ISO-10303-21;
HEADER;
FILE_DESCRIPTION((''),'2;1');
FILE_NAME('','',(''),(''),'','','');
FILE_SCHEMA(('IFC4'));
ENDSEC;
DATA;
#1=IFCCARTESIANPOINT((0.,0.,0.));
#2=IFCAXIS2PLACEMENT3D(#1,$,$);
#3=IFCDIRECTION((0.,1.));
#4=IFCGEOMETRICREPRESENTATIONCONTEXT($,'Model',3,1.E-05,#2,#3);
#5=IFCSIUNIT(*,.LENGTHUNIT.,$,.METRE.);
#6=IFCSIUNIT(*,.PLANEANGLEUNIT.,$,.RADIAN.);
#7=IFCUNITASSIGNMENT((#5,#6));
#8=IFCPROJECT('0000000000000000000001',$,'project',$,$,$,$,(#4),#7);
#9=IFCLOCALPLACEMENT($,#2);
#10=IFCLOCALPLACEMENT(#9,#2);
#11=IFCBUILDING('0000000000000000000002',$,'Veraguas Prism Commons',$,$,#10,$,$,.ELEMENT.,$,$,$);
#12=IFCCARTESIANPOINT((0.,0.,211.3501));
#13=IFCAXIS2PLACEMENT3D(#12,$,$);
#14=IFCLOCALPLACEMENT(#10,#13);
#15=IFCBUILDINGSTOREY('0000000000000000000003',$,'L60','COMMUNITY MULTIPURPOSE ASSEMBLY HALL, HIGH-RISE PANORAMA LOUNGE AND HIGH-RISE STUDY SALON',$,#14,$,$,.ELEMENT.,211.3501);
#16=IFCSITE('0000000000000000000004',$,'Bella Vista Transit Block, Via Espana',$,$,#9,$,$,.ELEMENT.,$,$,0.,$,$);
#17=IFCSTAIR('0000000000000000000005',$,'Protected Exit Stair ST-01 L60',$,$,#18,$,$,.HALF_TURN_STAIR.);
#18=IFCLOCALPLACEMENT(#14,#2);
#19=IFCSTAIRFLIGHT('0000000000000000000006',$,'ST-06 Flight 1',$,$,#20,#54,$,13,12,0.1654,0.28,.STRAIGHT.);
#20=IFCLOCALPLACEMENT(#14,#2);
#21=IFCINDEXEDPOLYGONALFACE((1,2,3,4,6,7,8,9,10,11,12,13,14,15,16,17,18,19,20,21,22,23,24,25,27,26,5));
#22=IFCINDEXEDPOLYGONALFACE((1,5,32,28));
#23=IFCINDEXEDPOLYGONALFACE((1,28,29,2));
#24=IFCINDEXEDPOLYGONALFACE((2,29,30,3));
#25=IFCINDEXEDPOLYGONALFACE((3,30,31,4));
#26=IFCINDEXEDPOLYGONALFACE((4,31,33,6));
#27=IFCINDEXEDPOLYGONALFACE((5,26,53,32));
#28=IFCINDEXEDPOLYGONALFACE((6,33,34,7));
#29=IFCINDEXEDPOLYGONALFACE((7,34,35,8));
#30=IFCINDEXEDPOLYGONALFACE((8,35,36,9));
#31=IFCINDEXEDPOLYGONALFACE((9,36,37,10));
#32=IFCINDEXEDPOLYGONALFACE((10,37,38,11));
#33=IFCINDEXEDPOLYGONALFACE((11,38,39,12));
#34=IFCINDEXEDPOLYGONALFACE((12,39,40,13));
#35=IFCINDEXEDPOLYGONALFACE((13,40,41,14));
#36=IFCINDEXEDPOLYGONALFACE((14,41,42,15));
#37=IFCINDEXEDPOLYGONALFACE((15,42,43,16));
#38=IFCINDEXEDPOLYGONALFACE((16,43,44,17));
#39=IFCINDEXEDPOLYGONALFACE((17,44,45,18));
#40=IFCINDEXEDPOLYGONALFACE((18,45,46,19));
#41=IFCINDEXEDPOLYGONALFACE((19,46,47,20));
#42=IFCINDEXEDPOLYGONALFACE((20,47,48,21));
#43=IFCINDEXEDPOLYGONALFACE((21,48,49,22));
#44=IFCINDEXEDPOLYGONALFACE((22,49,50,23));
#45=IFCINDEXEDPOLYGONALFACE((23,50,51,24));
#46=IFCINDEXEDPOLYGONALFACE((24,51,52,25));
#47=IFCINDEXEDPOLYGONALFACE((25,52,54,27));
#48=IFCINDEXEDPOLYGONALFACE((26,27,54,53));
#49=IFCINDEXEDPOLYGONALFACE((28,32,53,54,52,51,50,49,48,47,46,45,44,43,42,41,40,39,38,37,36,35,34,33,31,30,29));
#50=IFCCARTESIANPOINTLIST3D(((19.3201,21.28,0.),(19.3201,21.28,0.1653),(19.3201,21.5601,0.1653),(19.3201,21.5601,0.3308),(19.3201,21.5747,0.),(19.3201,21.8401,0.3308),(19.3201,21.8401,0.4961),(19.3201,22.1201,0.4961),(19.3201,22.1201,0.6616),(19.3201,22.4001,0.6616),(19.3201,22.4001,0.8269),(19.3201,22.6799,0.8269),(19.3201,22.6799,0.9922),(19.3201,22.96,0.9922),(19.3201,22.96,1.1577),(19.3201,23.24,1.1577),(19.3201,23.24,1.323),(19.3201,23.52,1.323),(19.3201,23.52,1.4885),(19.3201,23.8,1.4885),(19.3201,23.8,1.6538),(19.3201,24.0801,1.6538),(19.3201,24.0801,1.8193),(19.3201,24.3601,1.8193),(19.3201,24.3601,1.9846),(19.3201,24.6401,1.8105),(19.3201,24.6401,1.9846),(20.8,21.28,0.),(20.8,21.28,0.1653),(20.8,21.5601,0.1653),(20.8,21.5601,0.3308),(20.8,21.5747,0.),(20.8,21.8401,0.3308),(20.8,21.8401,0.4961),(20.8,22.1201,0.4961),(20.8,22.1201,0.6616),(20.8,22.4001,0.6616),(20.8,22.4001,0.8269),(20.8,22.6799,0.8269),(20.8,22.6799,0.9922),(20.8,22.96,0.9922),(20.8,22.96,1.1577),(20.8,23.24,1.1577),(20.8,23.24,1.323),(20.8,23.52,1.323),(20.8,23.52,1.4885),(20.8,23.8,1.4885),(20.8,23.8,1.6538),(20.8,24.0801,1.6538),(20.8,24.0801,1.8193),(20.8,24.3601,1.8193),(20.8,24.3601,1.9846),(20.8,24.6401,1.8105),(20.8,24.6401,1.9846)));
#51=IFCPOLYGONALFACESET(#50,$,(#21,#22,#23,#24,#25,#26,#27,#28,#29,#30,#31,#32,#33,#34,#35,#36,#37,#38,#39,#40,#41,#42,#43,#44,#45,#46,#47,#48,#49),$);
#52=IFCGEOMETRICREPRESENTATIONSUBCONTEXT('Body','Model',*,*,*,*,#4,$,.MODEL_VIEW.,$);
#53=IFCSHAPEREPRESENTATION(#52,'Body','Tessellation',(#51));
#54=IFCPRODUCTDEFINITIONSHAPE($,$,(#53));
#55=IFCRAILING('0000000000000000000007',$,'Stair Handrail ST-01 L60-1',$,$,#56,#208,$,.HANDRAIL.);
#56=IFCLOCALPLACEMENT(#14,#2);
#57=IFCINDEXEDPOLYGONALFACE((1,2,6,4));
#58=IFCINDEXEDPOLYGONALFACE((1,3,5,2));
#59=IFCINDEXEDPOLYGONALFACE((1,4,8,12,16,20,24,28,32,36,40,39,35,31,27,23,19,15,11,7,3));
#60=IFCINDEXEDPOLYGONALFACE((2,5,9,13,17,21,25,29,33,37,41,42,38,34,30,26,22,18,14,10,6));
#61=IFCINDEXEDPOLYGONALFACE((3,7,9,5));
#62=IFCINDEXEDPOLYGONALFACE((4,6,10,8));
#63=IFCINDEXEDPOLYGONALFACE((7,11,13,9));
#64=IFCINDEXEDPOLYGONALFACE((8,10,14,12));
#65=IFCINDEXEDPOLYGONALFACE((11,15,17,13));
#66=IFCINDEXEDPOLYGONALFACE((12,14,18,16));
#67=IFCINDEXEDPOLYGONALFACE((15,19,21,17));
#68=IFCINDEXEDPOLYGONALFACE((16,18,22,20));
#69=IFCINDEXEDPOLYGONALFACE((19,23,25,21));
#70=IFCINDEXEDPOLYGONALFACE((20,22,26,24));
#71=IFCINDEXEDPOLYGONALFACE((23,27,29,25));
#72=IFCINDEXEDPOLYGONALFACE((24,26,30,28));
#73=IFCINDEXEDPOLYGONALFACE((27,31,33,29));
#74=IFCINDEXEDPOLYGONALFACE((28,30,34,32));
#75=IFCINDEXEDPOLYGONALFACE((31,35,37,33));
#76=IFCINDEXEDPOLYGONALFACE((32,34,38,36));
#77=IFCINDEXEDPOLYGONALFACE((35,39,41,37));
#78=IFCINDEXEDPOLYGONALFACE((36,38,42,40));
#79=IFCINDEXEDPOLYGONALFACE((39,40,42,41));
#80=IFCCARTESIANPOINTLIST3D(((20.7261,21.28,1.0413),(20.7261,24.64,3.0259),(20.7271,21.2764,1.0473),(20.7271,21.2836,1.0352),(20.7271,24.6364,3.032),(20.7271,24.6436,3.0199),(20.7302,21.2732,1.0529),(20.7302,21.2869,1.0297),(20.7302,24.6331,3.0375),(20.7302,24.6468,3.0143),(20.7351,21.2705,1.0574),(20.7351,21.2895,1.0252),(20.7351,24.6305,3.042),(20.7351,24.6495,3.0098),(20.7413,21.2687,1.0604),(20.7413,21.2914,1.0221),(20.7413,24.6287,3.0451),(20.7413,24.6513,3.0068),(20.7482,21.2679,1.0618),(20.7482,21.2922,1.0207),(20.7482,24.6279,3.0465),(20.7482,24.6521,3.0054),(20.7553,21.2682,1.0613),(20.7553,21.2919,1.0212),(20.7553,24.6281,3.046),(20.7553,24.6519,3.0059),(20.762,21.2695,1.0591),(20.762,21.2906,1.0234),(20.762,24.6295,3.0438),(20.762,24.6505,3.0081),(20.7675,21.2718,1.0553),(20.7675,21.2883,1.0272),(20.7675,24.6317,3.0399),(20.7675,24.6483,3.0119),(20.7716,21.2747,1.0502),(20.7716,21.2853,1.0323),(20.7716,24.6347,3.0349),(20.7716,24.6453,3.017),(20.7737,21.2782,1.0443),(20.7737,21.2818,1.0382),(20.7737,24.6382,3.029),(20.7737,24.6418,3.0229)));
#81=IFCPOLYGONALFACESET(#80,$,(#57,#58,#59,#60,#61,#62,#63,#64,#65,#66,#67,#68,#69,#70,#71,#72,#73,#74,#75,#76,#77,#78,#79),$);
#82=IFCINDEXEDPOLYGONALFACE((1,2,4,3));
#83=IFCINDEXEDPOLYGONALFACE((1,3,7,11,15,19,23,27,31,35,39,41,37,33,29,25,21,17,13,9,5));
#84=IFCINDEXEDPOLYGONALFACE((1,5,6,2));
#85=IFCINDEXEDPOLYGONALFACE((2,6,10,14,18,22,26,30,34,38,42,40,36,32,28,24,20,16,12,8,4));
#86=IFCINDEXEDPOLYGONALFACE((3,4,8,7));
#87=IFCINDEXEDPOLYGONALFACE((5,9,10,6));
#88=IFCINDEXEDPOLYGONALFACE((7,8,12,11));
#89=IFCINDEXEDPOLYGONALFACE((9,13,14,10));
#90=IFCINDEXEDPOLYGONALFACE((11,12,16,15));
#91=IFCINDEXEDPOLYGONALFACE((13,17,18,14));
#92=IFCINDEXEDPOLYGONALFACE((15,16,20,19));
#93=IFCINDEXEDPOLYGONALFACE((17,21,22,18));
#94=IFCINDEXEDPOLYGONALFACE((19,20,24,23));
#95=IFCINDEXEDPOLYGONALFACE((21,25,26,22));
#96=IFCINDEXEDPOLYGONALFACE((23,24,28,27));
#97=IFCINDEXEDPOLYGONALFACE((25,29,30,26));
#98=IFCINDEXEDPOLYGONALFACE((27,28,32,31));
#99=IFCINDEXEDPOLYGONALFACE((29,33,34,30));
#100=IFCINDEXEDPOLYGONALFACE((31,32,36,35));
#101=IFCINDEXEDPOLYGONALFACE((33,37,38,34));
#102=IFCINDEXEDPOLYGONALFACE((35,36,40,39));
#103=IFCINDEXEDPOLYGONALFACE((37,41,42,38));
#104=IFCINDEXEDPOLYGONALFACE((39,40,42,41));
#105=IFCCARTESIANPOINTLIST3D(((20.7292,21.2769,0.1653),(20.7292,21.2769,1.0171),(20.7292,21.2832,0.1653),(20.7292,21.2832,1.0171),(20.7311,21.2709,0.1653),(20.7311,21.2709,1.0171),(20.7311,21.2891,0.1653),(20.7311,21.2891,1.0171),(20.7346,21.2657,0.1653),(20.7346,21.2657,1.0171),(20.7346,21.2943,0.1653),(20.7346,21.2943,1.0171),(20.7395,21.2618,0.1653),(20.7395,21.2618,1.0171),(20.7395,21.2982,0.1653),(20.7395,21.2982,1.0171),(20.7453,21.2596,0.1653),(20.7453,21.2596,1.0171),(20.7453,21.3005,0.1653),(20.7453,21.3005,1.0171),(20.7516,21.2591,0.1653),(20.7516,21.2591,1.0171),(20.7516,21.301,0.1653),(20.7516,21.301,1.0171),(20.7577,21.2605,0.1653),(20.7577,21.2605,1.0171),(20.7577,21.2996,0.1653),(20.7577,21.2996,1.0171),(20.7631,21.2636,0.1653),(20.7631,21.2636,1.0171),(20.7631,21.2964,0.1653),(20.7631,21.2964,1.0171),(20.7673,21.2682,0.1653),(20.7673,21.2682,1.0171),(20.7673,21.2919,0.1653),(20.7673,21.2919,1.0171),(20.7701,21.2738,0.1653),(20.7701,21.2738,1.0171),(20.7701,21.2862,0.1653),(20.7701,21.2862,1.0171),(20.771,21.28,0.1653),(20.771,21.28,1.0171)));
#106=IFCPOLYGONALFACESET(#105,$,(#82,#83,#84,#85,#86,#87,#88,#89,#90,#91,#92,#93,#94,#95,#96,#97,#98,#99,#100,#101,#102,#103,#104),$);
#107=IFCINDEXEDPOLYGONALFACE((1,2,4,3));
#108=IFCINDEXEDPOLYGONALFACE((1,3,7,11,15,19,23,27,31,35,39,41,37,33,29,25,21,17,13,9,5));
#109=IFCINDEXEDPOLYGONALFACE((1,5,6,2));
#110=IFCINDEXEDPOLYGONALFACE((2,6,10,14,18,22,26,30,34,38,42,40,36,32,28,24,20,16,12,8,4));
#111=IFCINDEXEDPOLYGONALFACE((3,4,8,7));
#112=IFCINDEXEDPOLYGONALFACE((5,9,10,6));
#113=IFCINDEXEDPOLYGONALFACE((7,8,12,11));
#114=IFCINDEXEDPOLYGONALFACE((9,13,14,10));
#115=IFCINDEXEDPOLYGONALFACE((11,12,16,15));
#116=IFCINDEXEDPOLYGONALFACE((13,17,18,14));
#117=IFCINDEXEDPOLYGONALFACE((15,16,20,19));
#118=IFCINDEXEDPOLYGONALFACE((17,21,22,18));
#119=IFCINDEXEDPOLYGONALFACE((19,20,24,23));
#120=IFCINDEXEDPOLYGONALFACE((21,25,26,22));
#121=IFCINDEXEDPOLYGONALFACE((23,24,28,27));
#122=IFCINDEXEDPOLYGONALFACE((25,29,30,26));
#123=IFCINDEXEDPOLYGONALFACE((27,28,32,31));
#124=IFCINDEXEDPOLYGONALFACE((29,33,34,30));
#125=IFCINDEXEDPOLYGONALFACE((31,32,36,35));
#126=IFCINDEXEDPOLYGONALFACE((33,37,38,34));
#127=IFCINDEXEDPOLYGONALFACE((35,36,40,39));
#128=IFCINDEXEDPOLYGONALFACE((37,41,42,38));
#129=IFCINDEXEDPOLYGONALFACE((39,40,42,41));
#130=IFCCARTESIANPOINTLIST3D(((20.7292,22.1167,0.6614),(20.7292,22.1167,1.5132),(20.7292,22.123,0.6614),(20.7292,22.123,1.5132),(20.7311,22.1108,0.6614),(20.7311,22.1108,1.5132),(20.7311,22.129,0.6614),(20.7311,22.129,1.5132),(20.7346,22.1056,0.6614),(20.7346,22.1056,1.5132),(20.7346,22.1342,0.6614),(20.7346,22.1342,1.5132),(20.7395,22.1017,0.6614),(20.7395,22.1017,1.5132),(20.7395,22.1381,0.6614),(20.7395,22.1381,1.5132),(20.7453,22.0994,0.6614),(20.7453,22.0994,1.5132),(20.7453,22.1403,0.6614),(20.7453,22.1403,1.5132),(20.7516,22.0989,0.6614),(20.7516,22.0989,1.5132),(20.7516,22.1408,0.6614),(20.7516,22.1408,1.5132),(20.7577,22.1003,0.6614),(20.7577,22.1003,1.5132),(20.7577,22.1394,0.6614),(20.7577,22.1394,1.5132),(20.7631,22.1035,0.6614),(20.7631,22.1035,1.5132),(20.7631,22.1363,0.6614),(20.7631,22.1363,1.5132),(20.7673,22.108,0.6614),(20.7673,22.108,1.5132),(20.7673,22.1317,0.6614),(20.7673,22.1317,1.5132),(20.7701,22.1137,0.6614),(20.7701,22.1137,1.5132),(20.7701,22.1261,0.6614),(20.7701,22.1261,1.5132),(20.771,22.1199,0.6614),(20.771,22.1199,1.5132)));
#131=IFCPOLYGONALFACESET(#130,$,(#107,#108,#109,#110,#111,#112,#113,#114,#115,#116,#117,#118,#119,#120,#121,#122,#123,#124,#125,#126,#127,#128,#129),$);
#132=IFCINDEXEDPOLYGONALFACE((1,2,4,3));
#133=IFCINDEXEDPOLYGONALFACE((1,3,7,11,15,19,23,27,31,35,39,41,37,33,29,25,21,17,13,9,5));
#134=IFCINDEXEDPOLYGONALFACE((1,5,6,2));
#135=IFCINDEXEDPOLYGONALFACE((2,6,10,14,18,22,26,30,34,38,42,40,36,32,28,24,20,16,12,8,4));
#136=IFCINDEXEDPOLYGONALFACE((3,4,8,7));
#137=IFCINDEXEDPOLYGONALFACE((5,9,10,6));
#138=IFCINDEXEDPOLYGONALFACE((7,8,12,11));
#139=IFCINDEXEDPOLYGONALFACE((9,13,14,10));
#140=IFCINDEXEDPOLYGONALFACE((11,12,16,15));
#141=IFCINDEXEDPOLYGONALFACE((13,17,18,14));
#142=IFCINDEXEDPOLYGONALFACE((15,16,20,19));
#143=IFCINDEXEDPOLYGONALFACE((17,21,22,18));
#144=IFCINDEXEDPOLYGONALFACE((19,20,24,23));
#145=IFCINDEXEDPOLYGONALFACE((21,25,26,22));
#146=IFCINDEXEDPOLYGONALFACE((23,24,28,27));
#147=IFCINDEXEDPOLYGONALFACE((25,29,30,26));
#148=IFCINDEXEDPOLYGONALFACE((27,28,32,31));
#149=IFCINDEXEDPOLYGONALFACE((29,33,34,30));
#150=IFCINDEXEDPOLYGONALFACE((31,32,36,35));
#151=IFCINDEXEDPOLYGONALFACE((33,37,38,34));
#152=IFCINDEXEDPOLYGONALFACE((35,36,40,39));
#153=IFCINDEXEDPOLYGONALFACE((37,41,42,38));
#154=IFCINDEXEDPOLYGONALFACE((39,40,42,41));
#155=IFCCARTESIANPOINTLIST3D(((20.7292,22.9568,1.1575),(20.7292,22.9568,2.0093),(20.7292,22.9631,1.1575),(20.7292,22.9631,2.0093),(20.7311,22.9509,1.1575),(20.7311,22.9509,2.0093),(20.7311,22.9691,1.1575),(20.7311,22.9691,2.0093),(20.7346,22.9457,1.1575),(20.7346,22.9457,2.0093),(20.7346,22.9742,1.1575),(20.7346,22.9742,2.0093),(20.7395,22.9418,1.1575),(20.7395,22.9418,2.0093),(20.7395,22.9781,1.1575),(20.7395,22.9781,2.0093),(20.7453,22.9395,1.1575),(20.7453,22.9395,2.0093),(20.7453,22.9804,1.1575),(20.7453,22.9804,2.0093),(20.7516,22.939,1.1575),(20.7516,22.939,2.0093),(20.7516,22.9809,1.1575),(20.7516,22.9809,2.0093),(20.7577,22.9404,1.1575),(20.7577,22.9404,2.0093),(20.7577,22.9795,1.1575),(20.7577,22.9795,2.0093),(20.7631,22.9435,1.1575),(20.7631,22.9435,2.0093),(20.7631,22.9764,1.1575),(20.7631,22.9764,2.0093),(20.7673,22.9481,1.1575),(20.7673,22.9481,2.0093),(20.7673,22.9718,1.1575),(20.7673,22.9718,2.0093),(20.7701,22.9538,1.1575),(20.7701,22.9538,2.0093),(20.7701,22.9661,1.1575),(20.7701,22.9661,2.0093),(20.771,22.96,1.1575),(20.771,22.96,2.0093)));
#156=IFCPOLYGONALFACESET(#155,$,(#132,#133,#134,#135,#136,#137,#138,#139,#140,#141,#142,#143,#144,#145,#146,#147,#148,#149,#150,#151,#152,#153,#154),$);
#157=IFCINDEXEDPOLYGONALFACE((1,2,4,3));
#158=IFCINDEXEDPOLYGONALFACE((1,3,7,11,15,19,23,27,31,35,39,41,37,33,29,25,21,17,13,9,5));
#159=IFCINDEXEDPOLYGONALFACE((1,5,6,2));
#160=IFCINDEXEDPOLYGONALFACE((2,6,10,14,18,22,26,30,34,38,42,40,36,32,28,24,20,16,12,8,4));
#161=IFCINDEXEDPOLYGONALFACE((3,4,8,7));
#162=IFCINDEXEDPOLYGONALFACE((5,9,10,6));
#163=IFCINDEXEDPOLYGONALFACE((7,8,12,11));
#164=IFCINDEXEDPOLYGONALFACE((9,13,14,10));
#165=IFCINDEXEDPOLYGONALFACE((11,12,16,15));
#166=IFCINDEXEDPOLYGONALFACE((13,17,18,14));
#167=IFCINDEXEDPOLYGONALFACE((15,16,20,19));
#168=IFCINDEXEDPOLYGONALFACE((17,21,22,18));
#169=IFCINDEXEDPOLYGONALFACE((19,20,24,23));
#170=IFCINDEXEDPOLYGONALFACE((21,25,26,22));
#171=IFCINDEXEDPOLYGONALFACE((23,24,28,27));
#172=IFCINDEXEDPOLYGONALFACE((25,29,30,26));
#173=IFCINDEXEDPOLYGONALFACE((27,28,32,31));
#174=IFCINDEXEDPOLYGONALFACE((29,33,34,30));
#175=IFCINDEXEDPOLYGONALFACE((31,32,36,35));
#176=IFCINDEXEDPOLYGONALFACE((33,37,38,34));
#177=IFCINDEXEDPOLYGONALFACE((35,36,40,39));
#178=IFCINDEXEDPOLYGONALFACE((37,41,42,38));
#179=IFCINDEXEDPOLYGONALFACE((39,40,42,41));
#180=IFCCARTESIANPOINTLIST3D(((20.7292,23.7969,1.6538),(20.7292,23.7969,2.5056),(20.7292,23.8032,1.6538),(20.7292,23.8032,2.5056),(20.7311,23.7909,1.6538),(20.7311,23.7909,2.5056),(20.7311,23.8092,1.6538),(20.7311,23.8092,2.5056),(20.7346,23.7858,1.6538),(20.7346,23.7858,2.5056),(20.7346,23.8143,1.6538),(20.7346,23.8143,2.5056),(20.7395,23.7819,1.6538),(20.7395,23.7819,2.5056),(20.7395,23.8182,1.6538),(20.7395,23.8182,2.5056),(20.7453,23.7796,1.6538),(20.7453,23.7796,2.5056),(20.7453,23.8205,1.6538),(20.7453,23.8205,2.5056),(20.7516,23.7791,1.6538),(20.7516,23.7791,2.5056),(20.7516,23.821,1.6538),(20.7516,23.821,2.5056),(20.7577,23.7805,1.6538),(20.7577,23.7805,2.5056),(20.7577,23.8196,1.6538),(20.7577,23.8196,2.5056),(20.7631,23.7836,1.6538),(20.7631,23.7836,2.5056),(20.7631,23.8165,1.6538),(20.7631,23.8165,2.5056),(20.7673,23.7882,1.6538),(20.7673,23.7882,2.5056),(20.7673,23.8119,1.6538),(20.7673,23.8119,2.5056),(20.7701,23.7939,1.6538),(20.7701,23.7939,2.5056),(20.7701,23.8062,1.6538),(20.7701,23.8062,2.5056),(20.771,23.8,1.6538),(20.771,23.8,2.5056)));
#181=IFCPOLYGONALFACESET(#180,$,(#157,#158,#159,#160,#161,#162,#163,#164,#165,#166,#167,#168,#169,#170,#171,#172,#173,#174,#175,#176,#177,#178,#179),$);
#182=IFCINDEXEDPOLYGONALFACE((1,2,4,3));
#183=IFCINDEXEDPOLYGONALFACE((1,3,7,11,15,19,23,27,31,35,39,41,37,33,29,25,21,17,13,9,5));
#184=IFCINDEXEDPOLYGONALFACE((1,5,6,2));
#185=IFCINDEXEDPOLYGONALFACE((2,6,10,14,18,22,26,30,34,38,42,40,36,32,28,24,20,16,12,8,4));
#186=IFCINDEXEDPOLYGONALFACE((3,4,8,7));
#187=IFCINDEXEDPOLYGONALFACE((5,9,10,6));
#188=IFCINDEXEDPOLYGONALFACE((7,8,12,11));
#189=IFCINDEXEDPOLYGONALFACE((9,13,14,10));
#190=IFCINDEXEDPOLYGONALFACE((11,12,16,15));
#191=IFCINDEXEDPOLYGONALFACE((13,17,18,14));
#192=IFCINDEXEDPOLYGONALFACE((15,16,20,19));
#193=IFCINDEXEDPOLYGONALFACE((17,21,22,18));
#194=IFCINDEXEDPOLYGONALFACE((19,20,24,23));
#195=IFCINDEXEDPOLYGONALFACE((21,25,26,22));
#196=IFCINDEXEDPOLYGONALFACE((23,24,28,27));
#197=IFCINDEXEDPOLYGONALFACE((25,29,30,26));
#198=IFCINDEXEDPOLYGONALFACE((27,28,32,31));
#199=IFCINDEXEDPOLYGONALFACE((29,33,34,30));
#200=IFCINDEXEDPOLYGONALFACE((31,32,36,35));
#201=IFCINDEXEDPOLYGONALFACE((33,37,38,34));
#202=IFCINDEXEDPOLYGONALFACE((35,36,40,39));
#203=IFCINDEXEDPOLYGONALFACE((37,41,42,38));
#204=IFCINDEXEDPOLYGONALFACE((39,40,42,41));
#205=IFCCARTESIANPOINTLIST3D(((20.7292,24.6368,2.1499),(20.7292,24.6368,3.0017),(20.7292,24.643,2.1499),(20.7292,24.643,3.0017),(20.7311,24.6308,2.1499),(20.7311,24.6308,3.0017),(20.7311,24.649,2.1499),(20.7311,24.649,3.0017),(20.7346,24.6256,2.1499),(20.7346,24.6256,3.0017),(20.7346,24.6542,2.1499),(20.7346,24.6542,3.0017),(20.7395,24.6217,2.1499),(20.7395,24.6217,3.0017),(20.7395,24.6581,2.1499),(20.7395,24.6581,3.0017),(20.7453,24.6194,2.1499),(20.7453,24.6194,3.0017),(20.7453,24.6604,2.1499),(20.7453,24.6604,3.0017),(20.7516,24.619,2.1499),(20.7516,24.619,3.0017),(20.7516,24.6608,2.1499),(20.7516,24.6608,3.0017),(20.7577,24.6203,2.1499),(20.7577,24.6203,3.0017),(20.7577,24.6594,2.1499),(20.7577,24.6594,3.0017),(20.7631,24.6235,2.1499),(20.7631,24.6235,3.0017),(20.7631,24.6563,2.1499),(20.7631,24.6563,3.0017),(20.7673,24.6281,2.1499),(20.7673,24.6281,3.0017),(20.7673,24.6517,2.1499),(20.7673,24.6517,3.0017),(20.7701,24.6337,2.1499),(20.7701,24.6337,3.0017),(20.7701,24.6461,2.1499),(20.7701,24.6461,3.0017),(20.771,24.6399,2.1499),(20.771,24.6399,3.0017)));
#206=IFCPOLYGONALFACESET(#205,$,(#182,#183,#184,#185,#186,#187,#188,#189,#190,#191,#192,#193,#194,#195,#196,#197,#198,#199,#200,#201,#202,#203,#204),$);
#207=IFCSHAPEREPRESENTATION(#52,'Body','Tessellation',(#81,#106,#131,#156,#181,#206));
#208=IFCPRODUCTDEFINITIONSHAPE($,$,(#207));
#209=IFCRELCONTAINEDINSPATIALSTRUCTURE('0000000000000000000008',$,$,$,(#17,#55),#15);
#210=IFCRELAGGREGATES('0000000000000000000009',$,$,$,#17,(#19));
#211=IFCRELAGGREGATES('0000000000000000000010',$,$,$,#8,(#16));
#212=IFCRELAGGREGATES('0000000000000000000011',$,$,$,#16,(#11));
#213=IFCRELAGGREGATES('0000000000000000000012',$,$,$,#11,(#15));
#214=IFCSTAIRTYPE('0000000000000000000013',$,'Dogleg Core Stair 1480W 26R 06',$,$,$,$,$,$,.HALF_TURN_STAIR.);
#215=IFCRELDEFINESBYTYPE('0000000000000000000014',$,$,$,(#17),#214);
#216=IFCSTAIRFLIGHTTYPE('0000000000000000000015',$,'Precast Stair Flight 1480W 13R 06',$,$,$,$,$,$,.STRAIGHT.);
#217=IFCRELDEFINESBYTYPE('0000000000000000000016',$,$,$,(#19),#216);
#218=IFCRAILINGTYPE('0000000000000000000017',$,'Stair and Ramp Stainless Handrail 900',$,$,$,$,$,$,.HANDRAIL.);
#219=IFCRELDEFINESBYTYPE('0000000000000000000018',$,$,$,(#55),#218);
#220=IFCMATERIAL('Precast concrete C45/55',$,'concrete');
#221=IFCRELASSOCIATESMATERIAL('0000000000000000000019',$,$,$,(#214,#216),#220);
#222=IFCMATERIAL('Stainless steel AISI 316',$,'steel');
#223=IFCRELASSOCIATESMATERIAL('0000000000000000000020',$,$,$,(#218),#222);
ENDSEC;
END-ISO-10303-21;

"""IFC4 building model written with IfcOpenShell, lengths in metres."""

from ifc_helpers import new_model, si_unit, direction, frame, origin, origin_2d, place, context, subcontext, project, spatial, polyline, circle, outline, extrude, material, type_object, element, aggregate, save


model = new_model("IFC4")

# Units and contexts
model_context = context("Model", 3, precision=1e-05, world=origin(), true_north=direction((0.0, 1.0)))
body_context = subcontext(model_context, "Body", "Model", "MODEL_VIEW")
ifc_project = project(units=[si_unit("LENGTHUNIT", "METRE"), si_unit("PLANEANGLEUNIT", "RADIAN")], contexts=[model_context])

# Site, building, storey
site_placement = place(None, origin())
site = spatial("IfcSite", under=ifc_project, at=site_placement, Name="Bella Vista Transit Block, Via Espana", CompositionType="ELEMENT", RefElevation=0.0)
building_placement = place(site_placement, origin())
building = spatial("IfcBuilding", under=site, at=building_placement, Name="Veraguas Prism Commons", CompositionType="ELEMENT")
storey_placement = place(building_placement, frame((0.0, 0.0, 211.3501)))
storey = spatial("IfcBuildingStorey", under=building, at=storey_placement, Name="L60", Description="COMMUNITY MULTIPURPOSE ASSEMBLY HALL, HIGH-RISE PANORAMA LOUNGE AND HIGH-RISE STUDY SALON", CompositionType="ELEMENT", Elevation=211.3501)

# Stair, stair flight
ifc_material_1 = material(Name="Precast concrete C45/55", Category="concrete")
stair_type = type_object("IfcStairType", Name="Dogleg Core Stair 1480W 26R 06", PredefinedType="HALF_TURN_STAIR", material=ifc_material_1)
stair_placement = place(storey_placement, origin())
stair = element("IfcStair", 1, at=stair_placement, inside=storey, type_object=stair_type, Name="Protected Exit Stair ST-01 L60", PredefinedType="HALF_TURN_STAIR")
stair_flight_type = type_object("IfcStairFlightType", Name="Precast Stair Flight 1480W 13R 06", PredefinedType="STRAIGHT", material=ifc_material_1)
stair_flight_placement = place(storey_placement, frame((20.0601, 21.28, 0.0), z_axis=(0.0, 0.0, 1.0), x_axis=(0.0, 1.0, 0.0)))
stair_flight = element("IfcStairFlight", 2, at=stair_flight_placement, type_object=stair_flight_type, Name="ST-06 Flight 1", NumberOfRisers=13, NumberOfTreads=12, PredefinedType="STRAIGHT", RiserHeight=0.1654, TreadLength=0.28, context=body_context, shape_type="SweptSolid", body=[
    extrude(outline(polyline([(0.0, 0.0), (0.0, 0.1653), (0.28, 0.1653), (0.28, 0.3308), (0.5601, 0.3308), (0.5601, 0.4961), (0.8401, 0.4961), (0.8401, 0.6616), (1.1201, 0.6616), (1.1201, 0.8269), (1.3999, 0.8269), (1.3999, 0.9922), (1.6799, 0.9922), (1.6799, 1.1577), (1.96, 1.1577), (1.96, 1.323), (2.24, 1.323), (2.24, 1.4885), (2.52, 1.4885), (2.52, 1.6538), (2.8, 1.6538), (2.8, 1.8193), (3.0801, 1.8193), (3.0801, 1.9846), (3.3601, 1.9846), (3.3601, 2.1499), (3.3601, 1.8105), (0.2947, 0.0), (0.0, 0.0)])), frame((0.0, 0.74, 0.0), z_axis=(0.0, -1.0, 0.0), x_axis=(1.0, 0.0, 0.0)), (0.0, 0.0, 1.0), 1.48),
])
aggregate(stair, [stair_flight])

# Railing
ifc_material_2 = material(Name="Stainless steel AISI 316", Category="steel")
railing_type_1 = type_object("IfcRailingType", Name="Stair and Ramp Stainless Handrail 900", PredefinedType="HANDRAIL", material=ifc_material_2)
railing_1_placement = place(storey_placement, frame((20.75, 21.28, 0.1653)))
element("IfcRailing", 3, at=railing_1_placement, inside=storey, type_object=railing_type_1, Name="Stair Handrail ST-01 L60-1", PredefinedType="HANDRAIL", context=body_context, shape_type="SweptSolid", body=[
    extrude(circle(Radius=0.0239, at=origin_2d()), frame((0.0, 0.0, 0.876), z_axis=(0.0, 0.861011, 0.508586), x_axis=(-1.0, 0.0, 0.0)), (0.0, 0.0, 1.0), 3.9023),
    extrude(circle(Radius=0.021, at=origin_2d()), origin(), (0.0, 0.0, 1.0), 0.8518),
    extrude(circle(Radius=0.021, at=origin_2d()), frame((0.0, 0.8398, 0.4961)), (0.0, 0.0, 1.0), 0.8518),
    extrude(circle(Radius=0.021, at=origin_2d()), frame((0.0, 1.6799, 0.9922)), (0.0, 0.0, 1.0), 0.8518),
    extrude(circle(Radius=0.021, at=origin_2d()), frame((0.0, 2.52, 1.4885)), (0.0, 0.0, 1.0), 0.8518),
    extrude(circle(Radius=0.021, at=origin_2d()), frame((0.0, 3.3599, 1.9846)), (0.0, 0.0, 1.0), 0.8518),
])

save(model, "model.ifc")
